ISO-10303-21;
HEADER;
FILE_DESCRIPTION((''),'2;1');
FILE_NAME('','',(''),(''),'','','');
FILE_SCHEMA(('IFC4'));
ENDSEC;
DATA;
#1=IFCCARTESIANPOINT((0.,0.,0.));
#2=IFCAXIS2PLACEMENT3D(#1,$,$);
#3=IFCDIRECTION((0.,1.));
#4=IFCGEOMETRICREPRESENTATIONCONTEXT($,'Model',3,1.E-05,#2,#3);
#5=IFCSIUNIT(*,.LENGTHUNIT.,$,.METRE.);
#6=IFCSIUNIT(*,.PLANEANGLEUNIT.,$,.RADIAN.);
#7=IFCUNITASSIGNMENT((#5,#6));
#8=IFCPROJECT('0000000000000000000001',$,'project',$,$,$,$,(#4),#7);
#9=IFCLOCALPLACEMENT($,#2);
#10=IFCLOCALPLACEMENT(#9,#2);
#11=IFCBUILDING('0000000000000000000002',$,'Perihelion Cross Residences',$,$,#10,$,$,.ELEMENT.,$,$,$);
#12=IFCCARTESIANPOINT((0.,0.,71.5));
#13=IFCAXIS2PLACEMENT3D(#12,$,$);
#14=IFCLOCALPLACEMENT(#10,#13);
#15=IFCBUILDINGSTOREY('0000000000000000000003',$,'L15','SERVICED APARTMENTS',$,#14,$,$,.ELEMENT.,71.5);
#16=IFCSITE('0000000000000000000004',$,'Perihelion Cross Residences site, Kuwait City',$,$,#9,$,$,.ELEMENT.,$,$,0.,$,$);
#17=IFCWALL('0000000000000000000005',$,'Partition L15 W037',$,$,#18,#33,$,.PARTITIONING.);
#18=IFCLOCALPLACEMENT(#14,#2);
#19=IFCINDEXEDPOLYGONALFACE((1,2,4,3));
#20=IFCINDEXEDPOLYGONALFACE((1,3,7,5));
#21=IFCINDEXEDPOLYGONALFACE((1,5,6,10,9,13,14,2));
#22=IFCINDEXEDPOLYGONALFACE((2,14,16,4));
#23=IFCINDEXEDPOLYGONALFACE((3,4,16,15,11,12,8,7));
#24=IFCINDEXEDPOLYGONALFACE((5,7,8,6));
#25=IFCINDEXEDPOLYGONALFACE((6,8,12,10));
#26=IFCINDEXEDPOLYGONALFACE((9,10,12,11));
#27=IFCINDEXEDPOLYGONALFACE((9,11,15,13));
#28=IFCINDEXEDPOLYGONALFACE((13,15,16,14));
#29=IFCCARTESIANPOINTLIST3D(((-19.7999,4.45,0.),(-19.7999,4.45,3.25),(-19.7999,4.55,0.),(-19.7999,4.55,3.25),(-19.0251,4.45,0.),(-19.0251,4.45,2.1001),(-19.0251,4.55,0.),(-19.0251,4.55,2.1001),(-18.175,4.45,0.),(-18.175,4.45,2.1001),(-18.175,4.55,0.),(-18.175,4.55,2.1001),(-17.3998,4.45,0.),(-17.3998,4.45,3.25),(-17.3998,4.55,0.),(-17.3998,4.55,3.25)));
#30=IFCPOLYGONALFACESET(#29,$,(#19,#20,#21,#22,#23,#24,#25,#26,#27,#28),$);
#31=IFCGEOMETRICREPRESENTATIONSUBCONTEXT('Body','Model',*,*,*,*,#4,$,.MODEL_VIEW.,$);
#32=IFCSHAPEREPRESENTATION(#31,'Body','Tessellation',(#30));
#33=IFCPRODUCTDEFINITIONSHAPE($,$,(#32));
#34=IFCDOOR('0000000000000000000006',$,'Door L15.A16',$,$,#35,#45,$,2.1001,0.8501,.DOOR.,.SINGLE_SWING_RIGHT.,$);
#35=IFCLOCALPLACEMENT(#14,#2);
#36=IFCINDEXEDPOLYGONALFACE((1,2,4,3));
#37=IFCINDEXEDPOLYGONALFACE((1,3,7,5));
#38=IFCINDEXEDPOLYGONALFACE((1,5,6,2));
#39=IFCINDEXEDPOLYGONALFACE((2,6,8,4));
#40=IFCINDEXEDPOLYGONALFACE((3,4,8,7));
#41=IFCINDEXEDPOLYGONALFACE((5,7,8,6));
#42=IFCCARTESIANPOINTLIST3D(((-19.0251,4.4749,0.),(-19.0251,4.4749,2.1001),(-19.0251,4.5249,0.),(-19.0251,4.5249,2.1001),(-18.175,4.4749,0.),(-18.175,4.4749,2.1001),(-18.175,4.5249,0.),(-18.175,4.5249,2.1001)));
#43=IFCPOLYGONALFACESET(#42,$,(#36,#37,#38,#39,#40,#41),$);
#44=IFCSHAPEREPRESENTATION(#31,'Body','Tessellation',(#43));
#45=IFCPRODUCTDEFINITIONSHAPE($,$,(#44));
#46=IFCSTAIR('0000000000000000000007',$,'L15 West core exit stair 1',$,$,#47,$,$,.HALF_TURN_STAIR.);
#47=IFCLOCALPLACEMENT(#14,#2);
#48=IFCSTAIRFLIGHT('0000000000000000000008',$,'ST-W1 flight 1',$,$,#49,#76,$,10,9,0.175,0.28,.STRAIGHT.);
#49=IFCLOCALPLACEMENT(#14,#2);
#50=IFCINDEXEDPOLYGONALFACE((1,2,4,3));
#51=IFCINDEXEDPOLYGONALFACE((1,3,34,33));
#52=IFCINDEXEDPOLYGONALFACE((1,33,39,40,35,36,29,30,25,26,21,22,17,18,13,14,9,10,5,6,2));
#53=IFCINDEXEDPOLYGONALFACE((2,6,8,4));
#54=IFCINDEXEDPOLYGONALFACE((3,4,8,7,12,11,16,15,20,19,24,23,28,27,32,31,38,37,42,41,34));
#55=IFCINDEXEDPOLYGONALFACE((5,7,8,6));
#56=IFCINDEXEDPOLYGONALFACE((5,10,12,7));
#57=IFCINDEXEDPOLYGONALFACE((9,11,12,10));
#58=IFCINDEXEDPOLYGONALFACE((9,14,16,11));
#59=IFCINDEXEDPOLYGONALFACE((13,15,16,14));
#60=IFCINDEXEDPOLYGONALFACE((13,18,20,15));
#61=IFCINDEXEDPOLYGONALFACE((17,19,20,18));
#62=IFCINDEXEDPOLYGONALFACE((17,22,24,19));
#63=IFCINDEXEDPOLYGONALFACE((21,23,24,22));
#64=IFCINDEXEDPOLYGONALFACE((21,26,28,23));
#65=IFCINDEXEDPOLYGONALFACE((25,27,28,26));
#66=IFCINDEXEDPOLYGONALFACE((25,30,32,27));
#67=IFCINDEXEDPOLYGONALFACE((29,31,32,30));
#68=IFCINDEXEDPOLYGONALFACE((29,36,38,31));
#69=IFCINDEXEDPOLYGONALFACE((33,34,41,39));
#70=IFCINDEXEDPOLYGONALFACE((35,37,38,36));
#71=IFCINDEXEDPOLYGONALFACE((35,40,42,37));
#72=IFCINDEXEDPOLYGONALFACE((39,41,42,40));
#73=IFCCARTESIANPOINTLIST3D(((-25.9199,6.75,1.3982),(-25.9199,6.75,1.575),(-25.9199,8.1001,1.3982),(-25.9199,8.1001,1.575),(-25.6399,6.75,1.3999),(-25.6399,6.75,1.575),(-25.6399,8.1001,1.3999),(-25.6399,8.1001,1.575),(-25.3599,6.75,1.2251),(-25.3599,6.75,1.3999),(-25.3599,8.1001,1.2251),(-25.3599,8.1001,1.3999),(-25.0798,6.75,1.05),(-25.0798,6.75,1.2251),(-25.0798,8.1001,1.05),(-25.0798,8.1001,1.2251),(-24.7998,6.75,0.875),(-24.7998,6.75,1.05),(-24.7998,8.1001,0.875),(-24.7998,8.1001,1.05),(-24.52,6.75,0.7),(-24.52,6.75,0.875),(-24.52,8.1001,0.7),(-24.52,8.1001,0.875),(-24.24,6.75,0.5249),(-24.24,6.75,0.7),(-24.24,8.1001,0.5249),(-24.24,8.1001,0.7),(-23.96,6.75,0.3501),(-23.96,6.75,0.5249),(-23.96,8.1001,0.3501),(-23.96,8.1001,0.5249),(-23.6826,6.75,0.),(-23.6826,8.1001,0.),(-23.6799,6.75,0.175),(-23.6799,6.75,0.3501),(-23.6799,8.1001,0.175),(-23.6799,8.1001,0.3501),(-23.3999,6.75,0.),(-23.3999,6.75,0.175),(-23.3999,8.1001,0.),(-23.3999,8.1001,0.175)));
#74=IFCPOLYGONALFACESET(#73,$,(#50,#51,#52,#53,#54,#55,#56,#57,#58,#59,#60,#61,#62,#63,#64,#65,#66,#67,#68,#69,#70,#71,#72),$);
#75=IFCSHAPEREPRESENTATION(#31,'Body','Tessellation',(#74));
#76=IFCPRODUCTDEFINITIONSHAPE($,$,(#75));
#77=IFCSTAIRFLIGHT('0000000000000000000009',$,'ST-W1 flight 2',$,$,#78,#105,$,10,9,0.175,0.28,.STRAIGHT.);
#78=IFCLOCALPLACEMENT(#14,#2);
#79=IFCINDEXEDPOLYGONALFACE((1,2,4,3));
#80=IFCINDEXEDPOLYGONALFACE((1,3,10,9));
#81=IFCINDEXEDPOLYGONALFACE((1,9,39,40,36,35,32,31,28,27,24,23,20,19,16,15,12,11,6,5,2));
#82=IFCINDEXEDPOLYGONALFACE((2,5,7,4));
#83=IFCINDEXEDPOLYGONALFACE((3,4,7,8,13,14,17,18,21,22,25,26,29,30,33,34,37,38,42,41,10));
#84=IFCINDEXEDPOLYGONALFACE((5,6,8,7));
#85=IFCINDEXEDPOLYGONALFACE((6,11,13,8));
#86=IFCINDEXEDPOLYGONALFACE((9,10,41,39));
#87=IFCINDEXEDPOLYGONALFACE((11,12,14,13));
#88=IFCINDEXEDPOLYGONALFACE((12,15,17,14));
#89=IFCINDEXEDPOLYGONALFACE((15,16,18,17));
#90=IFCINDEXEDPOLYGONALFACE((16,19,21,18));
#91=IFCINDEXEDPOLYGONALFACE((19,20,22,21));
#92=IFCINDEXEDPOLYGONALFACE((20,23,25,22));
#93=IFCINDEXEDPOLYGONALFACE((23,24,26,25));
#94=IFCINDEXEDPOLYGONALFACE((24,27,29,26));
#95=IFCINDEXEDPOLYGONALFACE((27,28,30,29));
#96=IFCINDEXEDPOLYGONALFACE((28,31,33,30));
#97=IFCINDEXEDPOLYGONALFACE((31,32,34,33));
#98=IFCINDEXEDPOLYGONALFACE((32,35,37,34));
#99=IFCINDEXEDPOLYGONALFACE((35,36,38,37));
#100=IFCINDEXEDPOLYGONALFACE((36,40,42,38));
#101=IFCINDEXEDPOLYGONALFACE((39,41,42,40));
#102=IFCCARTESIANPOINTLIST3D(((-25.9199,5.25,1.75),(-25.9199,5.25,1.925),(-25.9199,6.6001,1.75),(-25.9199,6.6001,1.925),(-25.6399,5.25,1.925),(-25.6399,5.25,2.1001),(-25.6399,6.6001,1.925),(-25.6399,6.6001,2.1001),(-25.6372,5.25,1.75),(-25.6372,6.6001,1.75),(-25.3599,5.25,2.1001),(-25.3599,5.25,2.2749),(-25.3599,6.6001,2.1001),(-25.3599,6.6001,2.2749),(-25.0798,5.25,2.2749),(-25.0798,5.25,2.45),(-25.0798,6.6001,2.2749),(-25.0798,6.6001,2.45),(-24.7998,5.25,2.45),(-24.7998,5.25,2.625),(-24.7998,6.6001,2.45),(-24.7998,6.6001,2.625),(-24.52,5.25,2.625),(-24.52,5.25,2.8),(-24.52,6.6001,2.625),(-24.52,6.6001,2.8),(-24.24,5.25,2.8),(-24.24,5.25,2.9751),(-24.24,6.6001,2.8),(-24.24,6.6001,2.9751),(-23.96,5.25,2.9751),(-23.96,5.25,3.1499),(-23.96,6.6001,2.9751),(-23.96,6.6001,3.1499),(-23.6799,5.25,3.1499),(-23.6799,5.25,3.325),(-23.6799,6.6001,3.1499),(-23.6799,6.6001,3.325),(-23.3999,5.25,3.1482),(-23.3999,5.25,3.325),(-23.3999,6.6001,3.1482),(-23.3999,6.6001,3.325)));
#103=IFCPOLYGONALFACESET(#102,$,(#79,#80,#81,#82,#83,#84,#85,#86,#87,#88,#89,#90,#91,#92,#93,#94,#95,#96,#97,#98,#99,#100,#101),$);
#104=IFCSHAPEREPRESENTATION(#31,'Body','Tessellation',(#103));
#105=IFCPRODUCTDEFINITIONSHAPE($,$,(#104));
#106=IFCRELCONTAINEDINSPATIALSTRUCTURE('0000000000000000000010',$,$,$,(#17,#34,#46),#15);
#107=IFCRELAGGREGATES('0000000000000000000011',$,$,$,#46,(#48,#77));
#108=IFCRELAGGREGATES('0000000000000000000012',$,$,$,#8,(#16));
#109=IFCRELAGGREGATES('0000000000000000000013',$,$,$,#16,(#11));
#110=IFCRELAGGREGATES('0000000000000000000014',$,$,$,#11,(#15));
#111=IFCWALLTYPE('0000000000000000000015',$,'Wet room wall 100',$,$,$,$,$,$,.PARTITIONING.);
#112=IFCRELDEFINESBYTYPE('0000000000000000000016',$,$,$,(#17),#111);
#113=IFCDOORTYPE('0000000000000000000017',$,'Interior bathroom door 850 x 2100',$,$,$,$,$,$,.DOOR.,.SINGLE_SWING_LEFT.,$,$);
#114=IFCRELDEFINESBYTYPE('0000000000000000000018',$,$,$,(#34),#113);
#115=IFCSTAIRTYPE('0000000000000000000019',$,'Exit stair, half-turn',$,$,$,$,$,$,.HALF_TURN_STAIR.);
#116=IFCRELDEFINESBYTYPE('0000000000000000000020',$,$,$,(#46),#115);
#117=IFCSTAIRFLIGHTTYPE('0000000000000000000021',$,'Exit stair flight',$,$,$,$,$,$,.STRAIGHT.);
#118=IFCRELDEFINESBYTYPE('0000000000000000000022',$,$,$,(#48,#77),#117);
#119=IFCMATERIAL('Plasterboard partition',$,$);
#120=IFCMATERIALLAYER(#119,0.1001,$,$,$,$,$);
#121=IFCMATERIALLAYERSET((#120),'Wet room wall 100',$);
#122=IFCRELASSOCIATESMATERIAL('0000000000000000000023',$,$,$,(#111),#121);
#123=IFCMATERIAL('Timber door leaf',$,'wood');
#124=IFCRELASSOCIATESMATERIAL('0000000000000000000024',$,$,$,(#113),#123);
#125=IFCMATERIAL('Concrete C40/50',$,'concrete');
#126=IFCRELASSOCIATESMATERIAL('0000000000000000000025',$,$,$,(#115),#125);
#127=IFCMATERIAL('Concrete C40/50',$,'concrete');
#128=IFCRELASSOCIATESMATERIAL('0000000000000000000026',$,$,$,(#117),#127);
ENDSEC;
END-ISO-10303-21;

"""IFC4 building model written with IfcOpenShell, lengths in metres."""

from ifc_helpers import new_model, si_unit, direction, frame, frame_2d, origin, place, context, subcontext, project, spatial, polyline, rectangle, outline, extrude, material, layer, layer_set, type_object, element, fill, aggregate, save


model = new_model("IFC4")

# Units and contexts
model_context = context("Model", 3, precision=1e-05, world=origin(), true_north=direction((0.0, 1.0)))
body_context = subcontext(model_context, "Body", "Model", "MODEL_VIEW")
ifc_project = project(units=[si_unit("LENGTHUNIT", "METRE"), si_unit("PLANEANGLEUNIT", "RADIAN")], contexts=[model_context])

# Site, building, storey
site_placement = place(None, origin())
site = spatial("IfcSite", under=ifc_project, at=site_placement, Name="Perihelion Cross Residences site, Kuwait City", CompositionType="ELEMENT", RefElevation=0.0)
building_placement = place(site_placement, origin())
building = spatial("IfcBuilding", under=site, at=building_placement, Name="Perihelion Cross Residences", CompositionType="ELEMENT")
storey_placement = place(building_placement, frame((0.0, 0.0, 71.5)))
storey = spatial("IfcBuildingStorey", under=building, at=storey_placement, Name="L15", Description="SERVICED APARTMENTS", CompositionType="ELEMENT", Elevation=71.5)

# Shared definitions
ifc_material_1 = material(Name="Plasterboard partition")
ifc_layer_1 = layer(ifc_material_1, 0.1001)
ifc_layer_set_1 = layer_set([ifc_layer_1], Name="Wet room wall 100")
wall_type_1 = type_object("IfcWallType", Name="Wet room wall 100", PredefinedType="PARTITIONING", material=ifc_layer_set_1)

# Wall, opening, door
wall_1_placement = place(storey_placement, frame((-19.8, 4.5, 0.0), z_axis=(0.0, 0.0, 1.0), x_axis=(1.0, 0.0, 0.0)))
wall_1 = element("IfcWall", 1, at=wall_1_placement, inside=storey, type_object=wall_type_1, Name="Partition L15 W037", PredefinedType="PARTITIONING", context=body_context, shape_type="SweptSolid", body=[
    extrude(rectangle(XDim=2.4001, YDim=0.1001, at=frame_2d((1.2002, 0.0))), origin(), (0.0, 0.0, 1.0), 3.25),
])
opening_1_placement = place(wall_1_placement, frame((0.7749, 0.0, 0.0)))
opening_1 = element("IfcOpeningElement", 2, at=opening_1_placement, cuts=wall_1, PredefinedType="OPENING", context=body_context, shape_type="SweptSolid", body=[
    extrude(rectangle(XDim=0.8501, YDim=2.1001, at=frame_2d((0.425, 1.05))), frame((0.0, 0.0601, 0.0), z_axis=(0.0, -1.0, 0.0), x_axis=(1.0, 0.0, 0.0)), (0.0, 0.0, 1.0), 0.1201),
])
ifc_material_2 = material(Name="Timber door leaf", Category="wood")
door_type_1 = type_object("IfcDoorType", Name="Interior bathroom door 850 x 2100", OperationType="SINGLE_SWING_LEFT", PredefinedType="DOOR", material=ifc_material_2)
door_1_placement = place(opening_1_placement, origin())
door_1 = element("IfcDoor", 3, at=door_1_placement, inside=storey, type_object=door_type_1, Name="Door L15.A16", OperationType="SINGLE_SWING_RIGHT", OverallHeight=2.1001, OverallWidth=0.8501, PredefinedType="DOOR", context=body_context, shape_type="SweptSolid", body=[
    extrude(rectangle(XDim=0.8501, YDim=2.1001, at=frame_2d((0.425, 1.05))), frame((0.0, 0.0249, 0.0), z_axis=(0.0, -1.0, 0.0), x_axis=(1.0, 0.0, 0.0)), (0.0, 0.0, 1.0), 0.05),
])
fill(opening_1, door_1)

# Stair, stair flights
ifc_material_3 = material(Name="Concrete C40/50", Category="concrete")
stair_type = type_object("IfcStairType", Name="Exit stair, half-turn", PredefinedType="HALF_TURN_STAIR", material=ifc_material_3)
stair_placement = place(storey_placement, origin())
stair = element("IfcStair", 4, at=stair_placement, inside=storey, type_object=stair_type, Name="L15 West core exit stair 1", PredefinedType="HALF_TURN_STAIR")
ifc_material_4 = material(Name="Concrete C40/50", Category="concrete")
stair_flight_type = type_object("IfcStairFlightType", Name="Exit stair flight", PredefinedType="STRAIGHT", material=ifc_material_4)
stair_flight_1_placement = place(storey_placement, frame((-23.3999, 7.425, 0.0), z_axis=(0.0, 0.0, 1.0), x_axis=(-1.0, 0.0, 0.0)))
stair_flight_1 = element("IfcStairFlight", 5, at=stair_flight_1_placement, type_object=stair_flight_type, Name="ST-W1 flight 1", NumberOfRisers=10, NumberOfTreads=9, PredefinedType="STRAIGHT", RiserHeight=0.175, TreadLength=0.28, context=body_context, shape_type="SweptSolid", body=[
    extrude(outline(polyline([(0.0, 0.0), (0.0, 0.175), (0.28, 0.175), (0.28, 0.3501), (0.5601, 0.3501), (0.5601, 0.5249), (0.8401, 0.5249), (0.8401, 0.7), (1.1201, 0.7), (1.1201, 0.875), (1.3999, 0.875), (1.3999, 1.05), (1.6799, 1.05), (1.6799, 1.2251), (1.96, 1.2251), (1.96, 1.3999), (2.24, 1.3999), (2.24, 1.575), (2.52, 1.575), (2.52, 1.75), (2.52, 1.3982), (0.2827, 0.0), (0.0, 0.0)])), frame((0.0, 0.675, 0.0), z_axis=(0.0, -1.0, 0.0), x_axis=(1.0, 0.0, 0.0)), (0.0, 0.0, 1.0), 1.3501),
])
stair_flight_2_placement = place(storey_placement, frame((-25.9199, 5.925, 1.75), z_axis=(0.0, 0.0, 1.0), x_axis=(1.0, 0.0, 0.0)))
stair_flight_2 = element("IfcStairFlight", 6, at=stair_flight_2_placement, type_object=stair_flight_type, Name="ST-W1 flight 2", NumberOfRisers=10, NumberOfTreads=9, PredefinedType="STRAIGHT", RiserHeight=0.175, TreadLength=0.28, context=body_context, shape_type="SweptSolid", body=[
    extrude(outline(polyline([(0.0, 0.0), (0.0, 0.175), (0.28, 0.175), (0.28, 0.3501), (0.5601, 0.3501), (0.5601, 0.5249), (0.8401, 0.5249), (0.8401, 0.7), (1.1201, 0.7), (1.1201, 0.875), (1.3999, 0.875), (1.3999, 1.05), (1.6799, 1.05), (1.6799, 1.2251), (1.96, 1.2251), (1.96, 1.3999), (2.24, 1.3999), (2.24, 1.575), (2.52, 1.575), (2.52, 1.75), (2.52, 1.3982), (0.2827, 0.0), (0.0, 0.0)])), frame((0.0, 0.675, 0.0), z_axis=(0.0, -1.0, 0.0), x_axis=(1.0, 0.0, 0.0)), (0.0, 0.0, 1.0), 1.3501),
])
aggregate(stair, [stair_flight_1, stair_flight_2])

save(model, "model.ifc")
